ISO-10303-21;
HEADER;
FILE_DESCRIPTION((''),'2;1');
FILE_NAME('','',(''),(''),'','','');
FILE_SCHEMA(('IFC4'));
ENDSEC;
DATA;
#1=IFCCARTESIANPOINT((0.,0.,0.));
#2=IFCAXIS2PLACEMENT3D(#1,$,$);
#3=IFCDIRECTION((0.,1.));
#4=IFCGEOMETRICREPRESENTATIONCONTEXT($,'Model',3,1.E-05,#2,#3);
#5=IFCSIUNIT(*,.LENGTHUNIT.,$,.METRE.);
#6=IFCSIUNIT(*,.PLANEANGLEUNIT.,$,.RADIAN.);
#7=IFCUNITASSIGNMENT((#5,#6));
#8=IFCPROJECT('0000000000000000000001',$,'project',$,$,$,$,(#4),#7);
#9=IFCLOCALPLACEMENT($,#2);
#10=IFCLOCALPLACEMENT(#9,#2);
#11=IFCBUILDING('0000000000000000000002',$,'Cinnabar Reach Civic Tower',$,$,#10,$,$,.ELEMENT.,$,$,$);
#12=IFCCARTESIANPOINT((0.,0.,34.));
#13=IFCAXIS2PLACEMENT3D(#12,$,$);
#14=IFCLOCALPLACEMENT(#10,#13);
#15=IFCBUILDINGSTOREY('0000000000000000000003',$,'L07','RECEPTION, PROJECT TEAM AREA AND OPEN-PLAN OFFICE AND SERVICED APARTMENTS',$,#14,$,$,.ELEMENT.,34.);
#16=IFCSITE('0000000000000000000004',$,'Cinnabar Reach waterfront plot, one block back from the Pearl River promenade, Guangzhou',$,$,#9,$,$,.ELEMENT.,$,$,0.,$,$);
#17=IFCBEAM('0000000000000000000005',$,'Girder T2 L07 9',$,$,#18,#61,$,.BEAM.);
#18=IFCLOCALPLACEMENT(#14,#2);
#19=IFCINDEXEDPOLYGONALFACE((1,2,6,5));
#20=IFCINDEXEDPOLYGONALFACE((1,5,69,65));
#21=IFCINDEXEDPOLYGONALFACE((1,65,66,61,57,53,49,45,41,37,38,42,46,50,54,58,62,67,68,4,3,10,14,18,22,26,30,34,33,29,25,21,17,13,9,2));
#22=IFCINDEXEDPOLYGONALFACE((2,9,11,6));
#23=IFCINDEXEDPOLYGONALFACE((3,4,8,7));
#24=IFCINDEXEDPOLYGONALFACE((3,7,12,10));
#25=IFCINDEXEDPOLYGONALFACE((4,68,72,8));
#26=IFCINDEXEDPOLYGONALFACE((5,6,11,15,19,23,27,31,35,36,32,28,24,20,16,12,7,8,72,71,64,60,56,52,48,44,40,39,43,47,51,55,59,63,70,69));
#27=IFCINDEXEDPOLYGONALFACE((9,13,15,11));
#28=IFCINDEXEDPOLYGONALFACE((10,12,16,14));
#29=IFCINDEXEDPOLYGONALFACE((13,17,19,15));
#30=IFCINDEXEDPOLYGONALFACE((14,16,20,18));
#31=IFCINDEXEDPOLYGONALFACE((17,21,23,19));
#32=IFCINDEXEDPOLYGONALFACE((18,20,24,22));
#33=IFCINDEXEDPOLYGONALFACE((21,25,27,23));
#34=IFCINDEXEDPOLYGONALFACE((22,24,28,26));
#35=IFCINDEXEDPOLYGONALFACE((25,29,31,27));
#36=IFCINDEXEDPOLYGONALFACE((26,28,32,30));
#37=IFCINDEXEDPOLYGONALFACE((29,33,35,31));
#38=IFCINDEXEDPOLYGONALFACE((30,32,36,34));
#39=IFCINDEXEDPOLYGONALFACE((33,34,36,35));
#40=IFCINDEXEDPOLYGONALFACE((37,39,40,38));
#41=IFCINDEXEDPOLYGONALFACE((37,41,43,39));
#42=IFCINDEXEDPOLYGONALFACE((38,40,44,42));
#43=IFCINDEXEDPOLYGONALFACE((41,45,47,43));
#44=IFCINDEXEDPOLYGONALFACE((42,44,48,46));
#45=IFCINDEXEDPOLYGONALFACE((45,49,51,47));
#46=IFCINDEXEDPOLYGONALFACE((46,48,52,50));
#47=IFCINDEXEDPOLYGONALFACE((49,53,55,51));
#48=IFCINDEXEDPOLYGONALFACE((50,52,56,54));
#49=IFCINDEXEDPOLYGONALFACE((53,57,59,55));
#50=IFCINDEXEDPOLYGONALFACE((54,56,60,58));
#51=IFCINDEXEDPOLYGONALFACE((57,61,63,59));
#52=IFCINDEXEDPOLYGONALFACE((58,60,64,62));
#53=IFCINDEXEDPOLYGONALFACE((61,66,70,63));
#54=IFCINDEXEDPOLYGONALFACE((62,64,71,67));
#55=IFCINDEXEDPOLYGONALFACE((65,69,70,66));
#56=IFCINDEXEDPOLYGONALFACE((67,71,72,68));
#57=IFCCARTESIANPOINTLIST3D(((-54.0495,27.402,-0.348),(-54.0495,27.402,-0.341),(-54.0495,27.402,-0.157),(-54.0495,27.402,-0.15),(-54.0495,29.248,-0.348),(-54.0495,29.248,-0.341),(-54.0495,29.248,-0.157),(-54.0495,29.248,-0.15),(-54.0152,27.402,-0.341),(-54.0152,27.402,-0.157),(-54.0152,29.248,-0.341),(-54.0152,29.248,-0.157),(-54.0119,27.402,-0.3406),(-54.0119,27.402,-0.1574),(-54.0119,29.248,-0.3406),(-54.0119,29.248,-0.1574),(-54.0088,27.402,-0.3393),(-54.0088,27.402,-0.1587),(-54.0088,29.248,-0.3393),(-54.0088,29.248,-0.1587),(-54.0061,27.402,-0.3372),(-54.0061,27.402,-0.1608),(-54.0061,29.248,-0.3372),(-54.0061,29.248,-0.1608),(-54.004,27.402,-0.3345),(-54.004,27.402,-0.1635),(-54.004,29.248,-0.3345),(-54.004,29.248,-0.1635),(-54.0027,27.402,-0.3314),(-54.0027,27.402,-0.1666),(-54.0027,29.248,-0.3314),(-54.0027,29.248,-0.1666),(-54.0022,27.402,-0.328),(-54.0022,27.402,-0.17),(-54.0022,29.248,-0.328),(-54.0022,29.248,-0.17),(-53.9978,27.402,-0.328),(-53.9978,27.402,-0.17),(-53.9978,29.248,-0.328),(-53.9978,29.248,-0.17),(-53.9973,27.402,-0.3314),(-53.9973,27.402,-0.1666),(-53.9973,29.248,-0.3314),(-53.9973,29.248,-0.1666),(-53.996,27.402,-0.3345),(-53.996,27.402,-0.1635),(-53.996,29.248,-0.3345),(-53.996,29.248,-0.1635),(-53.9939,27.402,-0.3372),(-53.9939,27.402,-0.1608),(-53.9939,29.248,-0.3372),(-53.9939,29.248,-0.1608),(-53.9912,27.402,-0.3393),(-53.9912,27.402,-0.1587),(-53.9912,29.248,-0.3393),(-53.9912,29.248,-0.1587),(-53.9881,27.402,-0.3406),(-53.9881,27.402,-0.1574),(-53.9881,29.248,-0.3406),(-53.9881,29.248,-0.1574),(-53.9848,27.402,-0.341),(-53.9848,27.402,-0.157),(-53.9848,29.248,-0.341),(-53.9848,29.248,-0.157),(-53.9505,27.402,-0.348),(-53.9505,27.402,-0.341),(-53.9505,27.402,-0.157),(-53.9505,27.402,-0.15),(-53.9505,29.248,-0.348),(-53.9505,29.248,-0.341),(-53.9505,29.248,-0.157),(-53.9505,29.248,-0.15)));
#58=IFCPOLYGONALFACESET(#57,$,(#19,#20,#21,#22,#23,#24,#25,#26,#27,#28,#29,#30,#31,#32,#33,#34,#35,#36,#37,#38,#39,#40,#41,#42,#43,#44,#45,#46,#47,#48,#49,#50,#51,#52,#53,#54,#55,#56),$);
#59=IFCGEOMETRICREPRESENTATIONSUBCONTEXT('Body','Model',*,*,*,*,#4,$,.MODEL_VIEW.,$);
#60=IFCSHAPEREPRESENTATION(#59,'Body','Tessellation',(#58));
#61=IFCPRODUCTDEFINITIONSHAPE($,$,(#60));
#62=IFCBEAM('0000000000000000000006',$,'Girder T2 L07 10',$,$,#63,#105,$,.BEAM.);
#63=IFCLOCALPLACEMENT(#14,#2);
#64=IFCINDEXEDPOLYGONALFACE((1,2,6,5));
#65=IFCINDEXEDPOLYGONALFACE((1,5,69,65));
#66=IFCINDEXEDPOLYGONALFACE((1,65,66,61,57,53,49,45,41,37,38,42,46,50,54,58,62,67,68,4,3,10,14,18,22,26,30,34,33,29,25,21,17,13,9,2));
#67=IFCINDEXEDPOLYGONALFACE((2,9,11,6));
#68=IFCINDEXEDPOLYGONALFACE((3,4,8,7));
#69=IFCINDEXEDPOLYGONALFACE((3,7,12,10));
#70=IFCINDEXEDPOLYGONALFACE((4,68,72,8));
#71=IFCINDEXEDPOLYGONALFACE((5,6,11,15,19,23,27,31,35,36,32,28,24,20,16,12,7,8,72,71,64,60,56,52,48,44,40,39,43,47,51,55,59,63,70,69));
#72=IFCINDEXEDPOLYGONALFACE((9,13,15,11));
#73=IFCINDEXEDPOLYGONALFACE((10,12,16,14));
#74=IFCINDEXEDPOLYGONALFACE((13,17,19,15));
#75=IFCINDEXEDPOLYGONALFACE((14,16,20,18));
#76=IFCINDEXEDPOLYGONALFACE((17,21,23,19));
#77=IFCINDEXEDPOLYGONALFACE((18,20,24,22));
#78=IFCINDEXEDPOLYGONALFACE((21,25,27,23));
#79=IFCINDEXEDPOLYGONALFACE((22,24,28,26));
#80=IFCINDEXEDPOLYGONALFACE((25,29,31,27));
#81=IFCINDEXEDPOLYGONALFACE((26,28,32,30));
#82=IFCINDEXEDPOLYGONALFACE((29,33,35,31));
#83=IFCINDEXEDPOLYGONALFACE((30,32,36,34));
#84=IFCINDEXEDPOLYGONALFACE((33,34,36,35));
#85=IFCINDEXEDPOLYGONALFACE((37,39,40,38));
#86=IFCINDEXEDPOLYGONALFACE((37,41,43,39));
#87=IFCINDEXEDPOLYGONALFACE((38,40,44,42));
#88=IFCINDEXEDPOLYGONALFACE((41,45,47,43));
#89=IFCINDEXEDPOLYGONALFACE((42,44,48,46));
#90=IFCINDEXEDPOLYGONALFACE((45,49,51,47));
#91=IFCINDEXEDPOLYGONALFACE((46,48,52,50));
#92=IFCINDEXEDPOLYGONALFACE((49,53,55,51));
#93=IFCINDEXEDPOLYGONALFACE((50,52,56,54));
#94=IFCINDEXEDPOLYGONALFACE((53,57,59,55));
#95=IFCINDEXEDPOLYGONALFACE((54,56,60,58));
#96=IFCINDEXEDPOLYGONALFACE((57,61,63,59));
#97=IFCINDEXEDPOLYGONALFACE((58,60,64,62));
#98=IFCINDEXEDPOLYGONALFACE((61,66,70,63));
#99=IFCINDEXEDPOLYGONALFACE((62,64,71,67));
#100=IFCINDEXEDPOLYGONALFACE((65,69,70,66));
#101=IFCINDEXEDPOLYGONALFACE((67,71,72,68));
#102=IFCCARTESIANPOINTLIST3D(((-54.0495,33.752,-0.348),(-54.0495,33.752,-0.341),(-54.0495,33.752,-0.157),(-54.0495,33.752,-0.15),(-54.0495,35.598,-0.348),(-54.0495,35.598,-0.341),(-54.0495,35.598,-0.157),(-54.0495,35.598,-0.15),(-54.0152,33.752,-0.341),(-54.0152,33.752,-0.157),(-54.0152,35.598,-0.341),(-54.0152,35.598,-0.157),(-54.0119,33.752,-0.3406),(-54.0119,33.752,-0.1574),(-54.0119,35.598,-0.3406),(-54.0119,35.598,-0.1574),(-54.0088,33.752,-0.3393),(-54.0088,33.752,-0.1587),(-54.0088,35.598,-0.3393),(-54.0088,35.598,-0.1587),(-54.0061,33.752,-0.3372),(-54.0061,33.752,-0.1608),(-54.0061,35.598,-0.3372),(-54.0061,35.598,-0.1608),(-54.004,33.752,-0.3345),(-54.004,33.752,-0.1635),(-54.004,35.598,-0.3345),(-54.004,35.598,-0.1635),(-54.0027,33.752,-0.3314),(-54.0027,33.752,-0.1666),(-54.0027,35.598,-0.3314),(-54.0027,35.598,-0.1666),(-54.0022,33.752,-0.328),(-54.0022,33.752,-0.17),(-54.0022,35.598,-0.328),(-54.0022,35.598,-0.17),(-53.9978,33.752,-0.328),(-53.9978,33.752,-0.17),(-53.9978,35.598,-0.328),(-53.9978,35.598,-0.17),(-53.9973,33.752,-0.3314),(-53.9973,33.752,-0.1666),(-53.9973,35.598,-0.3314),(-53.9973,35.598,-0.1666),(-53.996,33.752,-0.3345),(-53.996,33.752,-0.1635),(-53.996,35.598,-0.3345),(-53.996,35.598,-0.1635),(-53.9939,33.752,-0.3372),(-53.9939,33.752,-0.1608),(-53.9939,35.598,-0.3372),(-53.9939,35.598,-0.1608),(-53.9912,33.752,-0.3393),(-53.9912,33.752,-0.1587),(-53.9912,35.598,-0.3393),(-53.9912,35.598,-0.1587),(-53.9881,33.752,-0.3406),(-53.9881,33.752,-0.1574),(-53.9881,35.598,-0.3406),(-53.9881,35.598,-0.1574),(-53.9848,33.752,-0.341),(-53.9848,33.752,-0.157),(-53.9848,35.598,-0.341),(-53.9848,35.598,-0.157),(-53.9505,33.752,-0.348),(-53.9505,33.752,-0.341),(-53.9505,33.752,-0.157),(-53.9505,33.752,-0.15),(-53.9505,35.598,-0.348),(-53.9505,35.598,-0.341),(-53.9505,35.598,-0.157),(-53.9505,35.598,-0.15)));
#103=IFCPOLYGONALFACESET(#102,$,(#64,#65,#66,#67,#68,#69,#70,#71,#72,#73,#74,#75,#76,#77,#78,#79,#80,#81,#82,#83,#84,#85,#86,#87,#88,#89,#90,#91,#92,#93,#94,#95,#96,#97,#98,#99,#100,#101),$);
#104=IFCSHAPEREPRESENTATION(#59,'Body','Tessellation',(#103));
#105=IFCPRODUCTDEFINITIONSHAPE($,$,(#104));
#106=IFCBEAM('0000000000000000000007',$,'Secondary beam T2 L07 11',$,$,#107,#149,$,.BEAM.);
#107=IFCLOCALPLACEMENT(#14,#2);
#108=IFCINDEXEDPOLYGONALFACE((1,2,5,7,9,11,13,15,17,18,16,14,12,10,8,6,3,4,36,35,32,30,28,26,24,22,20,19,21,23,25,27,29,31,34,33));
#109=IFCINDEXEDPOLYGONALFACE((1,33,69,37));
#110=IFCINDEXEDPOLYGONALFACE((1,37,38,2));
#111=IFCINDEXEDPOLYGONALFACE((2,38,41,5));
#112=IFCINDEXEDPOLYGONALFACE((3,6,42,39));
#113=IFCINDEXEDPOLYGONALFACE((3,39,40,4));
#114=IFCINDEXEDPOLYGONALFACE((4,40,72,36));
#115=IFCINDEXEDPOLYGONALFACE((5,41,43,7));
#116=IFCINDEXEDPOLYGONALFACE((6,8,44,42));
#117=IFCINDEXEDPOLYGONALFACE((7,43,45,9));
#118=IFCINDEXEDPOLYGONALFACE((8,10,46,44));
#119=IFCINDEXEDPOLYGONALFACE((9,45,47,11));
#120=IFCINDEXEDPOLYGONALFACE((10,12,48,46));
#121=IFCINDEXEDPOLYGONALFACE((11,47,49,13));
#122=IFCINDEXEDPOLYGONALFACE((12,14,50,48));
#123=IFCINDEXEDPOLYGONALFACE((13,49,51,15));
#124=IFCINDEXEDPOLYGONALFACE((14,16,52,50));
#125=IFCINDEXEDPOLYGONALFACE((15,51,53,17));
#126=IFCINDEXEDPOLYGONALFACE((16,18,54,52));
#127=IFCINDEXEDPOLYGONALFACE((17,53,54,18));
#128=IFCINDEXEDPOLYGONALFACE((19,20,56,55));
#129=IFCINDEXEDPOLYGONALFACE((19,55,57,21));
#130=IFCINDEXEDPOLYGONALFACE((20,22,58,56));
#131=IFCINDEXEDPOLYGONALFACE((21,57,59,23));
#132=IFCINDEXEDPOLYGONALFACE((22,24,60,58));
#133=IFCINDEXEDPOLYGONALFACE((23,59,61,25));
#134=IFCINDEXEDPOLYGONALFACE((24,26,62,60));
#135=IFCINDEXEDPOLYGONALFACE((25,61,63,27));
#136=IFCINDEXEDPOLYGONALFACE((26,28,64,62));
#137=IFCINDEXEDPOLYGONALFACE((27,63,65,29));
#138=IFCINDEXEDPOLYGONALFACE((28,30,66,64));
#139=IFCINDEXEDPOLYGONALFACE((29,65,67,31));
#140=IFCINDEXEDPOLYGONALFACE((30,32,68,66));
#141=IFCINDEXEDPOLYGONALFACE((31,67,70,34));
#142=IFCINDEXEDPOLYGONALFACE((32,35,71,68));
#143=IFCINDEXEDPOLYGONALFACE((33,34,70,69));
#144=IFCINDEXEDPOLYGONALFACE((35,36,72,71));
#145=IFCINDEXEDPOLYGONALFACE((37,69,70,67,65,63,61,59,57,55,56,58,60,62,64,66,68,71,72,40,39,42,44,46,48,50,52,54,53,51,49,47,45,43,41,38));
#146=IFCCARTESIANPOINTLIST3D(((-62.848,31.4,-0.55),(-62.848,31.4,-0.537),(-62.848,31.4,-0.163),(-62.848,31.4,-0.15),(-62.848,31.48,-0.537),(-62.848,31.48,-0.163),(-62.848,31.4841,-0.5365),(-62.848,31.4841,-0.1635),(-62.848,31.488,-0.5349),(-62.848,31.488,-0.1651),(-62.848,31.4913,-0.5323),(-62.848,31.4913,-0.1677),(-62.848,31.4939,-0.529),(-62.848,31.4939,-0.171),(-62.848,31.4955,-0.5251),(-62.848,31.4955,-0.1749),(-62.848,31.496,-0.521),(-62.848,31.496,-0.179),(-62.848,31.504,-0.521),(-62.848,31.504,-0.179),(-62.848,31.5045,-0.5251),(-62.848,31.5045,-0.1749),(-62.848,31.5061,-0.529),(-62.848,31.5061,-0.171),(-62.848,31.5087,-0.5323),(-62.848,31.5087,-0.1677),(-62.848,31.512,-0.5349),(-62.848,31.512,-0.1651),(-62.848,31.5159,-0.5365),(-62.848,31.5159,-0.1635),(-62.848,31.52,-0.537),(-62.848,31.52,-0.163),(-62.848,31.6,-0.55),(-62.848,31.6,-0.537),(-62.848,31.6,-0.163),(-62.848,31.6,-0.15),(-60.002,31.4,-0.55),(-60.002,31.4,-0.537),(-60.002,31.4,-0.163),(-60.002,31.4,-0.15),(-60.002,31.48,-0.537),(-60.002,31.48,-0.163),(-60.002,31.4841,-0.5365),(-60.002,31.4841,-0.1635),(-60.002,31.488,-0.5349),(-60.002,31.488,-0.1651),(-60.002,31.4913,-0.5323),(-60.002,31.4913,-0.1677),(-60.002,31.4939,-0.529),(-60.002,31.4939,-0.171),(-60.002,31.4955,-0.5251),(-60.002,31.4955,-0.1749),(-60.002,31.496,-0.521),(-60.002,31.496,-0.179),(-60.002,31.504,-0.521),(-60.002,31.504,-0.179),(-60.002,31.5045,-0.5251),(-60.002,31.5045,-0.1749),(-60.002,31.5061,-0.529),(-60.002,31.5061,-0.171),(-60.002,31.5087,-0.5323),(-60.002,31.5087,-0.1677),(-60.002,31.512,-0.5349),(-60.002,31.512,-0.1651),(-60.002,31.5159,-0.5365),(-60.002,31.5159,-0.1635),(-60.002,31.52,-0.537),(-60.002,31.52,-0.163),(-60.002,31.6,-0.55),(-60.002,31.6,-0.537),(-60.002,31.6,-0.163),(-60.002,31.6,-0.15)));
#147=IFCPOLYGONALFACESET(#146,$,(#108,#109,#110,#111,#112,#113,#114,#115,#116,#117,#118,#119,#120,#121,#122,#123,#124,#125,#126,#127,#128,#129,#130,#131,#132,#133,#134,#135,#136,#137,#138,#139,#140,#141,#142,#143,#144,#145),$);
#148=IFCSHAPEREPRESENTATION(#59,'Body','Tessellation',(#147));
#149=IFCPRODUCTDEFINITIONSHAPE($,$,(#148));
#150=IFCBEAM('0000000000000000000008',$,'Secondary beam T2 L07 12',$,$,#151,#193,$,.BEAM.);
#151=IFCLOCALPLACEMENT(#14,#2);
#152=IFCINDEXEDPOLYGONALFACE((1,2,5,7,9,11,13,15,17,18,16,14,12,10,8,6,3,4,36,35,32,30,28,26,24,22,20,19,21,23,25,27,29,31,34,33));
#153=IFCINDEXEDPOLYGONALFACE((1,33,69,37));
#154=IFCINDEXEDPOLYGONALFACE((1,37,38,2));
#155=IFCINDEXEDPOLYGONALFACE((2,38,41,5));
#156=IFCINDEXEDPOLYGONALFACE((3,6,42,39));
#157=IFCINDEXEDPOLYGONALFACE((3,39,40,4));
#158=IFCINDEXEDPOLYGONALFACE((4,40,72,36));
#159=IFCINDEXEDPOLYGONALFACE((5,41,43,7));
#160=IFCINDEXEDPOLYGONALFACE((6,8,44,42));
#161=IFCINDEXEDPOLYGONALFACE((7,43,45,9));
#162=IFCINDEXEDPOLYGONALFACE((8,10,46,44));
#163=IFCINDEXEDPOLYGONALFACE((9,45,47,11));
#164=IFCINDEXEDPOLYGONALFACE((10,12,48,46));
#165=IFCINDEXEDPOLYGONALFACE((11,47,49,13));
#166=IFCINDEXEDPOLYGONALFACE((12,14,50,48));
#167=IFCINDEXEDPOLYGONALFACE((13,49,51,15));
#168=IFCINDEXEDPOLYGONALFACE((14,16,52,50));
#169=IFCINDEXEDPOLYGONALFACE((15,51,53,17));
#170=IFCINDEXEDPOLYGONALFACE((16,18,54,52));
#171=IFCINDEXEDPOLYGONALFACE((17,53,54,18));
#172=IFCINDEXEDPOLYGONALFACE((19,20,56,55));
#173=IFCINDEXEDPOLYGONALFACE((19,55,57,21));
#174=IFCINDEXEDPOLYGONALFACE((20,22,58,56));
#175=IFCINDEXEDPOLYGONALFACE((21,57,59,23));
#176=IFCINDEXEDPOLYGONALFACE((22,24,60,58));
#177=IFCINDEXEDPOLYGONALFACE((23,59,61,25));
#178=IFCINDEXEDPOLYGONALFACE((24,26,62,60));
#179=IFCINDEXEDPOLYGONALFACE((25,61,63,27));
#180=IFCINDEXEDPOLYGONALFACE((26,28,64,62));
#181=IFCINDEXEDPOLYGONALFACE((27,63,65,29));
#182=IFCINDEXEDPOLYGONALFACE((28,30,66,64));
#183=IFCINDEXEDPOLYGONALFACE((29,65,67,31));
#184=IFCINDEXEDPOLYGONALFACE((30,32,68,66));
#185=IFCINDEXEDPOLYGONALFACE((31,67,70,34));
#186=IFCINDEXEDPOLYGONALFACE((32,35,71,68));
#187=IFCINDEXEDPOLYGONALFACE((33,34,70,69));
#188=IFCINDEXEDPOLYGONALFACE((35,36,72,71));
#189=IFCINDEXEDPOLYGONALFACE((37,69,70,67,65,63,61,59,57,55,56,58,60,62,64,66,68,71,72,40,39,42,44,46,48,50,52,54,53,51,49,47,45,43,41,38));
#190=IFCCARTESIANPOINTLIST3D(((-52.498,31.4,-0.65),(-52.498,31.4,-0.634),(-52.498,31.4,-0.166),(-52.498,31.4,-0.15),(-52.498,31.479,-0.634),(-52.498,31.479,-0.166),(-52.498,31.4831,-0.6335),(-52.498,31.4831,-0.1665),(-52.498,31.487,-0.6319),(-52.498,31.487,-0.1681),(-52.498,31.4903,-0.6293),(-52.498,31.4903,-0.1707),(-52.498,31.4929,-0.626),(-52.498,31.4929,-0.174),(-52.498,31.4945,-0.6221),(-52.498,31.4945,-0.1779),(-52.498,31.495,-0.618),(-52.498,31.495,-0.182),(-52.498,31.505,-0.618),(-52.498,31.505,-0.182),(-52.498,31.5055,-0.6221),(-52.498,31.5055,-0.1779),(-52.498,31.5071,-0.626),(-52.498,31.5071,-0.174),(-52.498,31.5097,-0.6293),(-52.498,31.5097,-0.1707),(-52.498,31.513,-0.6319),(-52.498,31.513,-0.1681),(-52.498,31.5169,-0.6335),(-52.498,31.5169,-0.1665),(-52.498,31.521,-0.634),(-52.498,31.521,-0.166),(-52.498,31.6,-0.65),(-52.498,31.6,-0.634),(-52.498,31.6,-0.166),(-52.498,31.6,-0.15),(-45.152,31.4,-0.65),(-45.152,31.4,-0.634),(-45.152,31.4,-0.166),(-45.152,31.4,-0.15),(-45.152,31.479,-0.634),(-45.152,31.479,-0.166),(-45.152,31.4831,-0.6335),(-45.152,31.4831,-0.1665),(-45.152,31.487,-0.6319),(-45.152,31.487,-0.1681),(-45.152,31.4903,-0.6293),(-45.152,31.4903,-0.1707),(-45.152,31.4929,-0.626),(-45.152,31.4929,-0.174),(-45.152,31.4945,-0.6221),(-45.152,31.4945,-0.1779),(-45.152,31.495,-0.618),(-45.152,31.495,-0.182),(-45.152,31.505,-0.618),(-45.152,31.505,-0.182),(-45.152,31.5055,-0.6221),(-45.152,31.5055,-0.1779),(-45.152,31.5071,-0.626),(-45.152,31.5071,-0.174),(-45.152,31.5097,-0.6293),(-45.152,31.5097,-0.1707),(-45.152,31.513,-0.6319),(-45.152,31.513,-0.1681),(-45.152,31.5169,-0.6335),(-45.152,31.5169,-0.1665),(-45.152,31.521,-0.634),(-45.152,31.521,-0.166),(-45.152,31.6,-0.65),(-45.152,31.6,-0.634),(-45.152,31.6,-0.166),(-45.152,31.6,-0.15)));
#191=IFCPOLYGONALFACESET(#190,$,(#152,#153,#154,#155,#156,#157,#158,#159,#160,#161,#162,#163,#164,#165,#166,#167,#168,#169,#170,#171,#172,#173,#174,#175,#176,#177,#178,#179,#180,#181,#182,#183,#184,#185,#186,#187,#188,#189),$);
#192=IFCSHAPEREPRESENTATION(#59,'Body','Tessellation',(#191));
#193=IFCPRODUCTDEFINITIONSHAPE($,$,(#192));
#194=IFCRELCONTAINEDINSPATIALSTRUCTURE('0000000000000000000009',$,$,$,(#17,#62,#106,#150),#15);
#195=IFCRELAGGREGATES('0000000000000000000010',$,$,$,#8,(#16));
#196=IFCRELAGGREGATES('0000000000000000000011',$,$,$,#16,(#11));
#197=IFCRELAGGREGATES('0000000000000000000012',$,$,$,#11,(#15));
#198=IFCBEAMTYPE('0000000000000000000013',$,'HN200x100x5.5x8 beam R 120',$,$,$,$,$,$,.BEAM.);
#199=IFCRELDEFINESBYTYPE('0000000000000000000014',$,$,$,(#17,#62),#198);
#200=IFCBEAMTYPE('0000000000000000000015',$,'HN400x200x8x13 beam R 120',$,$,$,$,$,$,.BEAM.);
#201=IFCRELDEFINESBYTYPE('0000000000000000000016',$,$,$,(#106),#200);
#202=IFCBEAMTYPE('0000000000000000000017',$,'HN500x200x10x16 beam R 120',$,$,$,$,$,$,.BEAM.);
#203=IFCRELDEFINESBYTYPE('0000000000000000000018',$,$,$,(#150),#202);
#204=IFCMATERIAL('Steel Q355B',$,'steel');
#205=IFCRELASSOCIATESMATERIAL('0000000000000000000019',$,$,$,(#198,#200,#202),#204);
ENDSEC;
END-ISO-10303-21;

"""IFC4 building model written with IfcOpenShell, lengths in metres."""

from ifc_helpers import new_model, si_unit, direction, frame, origin, origin_2d, place, context, subcontext, project, spatial, i_section, extrude, material, material_profile, profile_set, type_object, element, save


model = new_model("IFC4")

# Units and contexts
model_context = context("Model", 3, precision=1e-05, world=origin(), true_north=direction((0.0, 1.0)))
body_context = subcontext(model_context, "Body", "Model", "MODEL_VIEW")
ifc_project = project(units=[si_unit("LENGTHUNIT", "METRE"), si_unit("PLANEANGLEUNIT", "RADIAN")], contexts=[model_context])

# Site, building, storey
site_placement = place(None, origin())
site = spatial("IfcSite", under=ifc_project, at=site_placement, Name="Cinnabar Reach waterfront plot, one block back from the Pearl River promenade, Guangzhou", CompositionType="ELEMENT", RefElevation=0.0)
building_placement = place(site_placement, origin())
building = spatial("IfcBuilding", under=site, at=building_placement, Name="Cinnabar Reach Civic Tower", CompositionType="ELEMENT")
storey_placement = place(building_placement, frame((0.0, 0.0, 34.0)))
storey = spatial("IfcBuildingStorey", under=building, at=storey_placement, Name="L07", Description="RECEPTION, PROJECT TEAM AREA AND OPEN-PLAN OFFICE AND SERVICED APARTMENTS", CompositionType="ELEMENT", Elevation=34.0)

# Beams
ifc_material_1 = material(Name="Steel Q355B", Category="steel")
ifc_material_profile_1 = material_profile(ifc_material_1, i_section(OverallWidth=0.099, OverallDepth=0.198, WebThickness=0.0045, FlangeThickness=0.007, FilletRadius=0.013, at=origin_2d()), Name="HN200x100x5.5x8")
ifc_profile_set_1 = profile_set([ifc_material_profile_1], Name="Steel Q355B")
beam_type_1 = type_object("IfcBeamType", Name="HN200x100x5.5x8 beam R 120", PredefinedType="BEAM", material=ifc_profile_set_1)
for number, where, z_axis, x_axis, name in (
    (1, (-54.0, 27.402, -0.249), (0.0, 1.0, 0.0), (-1.0, 0.0, 0.0), "Girder T2 L07 9"),
    (2, (-54.0, 33.752, -0.249), (0.0, 1.0, 0.0), (-1.0, 0.0, 0.0), "Girder T2 L07 10"),
):
    element("IfcBeam", number, at=place(storey_placement, frame(where, z_axis=z_axis, x_axis=x_axis)), inside=storey, type_object=beam_type_1, Name=name, PredefinedType="BEAM", context=body_context, shape_type="SweptSolid", body=[
        extrude(i_section(OverallWidth=0.099, OverallDepth=0.198, WebThickness=0.0045, FlangeThickness=0.007, FilletRadius=0.013, at=origin_2d()), origin(), (0.0, 0.0, 1.0), 1.846),
    ])
ifc_material_profile_2 = material_profile(ifc_material_1, i_section(OverallWidth=0.2, OverallDepth=0.4, WebThickness=0.008, FlangeThickness=0.013, FilletRadius=0.016, at=origin_2d()), Name="HN400x200x8x13")
ifc_profile_set_2 = profile_set([ifc_material_profile_2], Name="Steel Q355B")
beam_type_2 = type_object("IfcBeamType", Name="HN400x200x8x13 beam R 120", PredefinedType="BEAM", material=ifc_profile_set_2)
beam_1_placement = place(storey_placement, frame((-62.848, 31.5, -0.35), z_axis=(1.0, 0.0, 0.0), x_axis=(0.0, 1.0, 0.0)))
element("IfcBeam", 3, at=beam_1_placement, inside=storey, type_object=beam_type_2, Name="Secondary beam T2 L07 11", PredefinedType="BEAM", context=body_context, shape_type="SweptSolid", body=[
    extrude(i_section(OverallWidth=0.2, OverallDepth=0.4, WebThickness=0.008, FlangeThickness=0.013, FilletRadius=0.016, at=origin_2d()), origin(), (0.0, 0.0, 1.0), 2.846),
])
ifc_material_profile_3 = material_profile(ifc_material_1, i_section(OverallWidth=0.2, OverallDepth=0.5, WebThickness=0.01, FlangeThickness=0.016, FilletRadius=0.016, at=origin_2d()), Name="HN500x200x10x16")
ifc_profile_set_3 = profile_set([ifc_material_profile_3], Name="Steel Q355B")
beam_type_3 = type_object("IfcBeamType", Name="HN500x200x10x16 beam R 120", PredefinedType="BEAM", material=ifc_profile_set_3)
beam_2_placement = place(storey_placement, frame((-52.498, 31.5, -0.4), z_axis=(1.0, 0.0, 0.0), x_axis=(0.0, 1.0, 0.0)))
element("IfcBeam", 4, at=beam_2_placement, inside=storey, type_object=beam_type_3, Name="Secondary beam T2 L07 12", PredefinedType="BEAM", context=body_context, shape_type="SweptSolid", body=[
    extrude(i_section(OverallWidth=0.2, OverallDepth=0.5, WebThickness=0.01, FlangeThickness=0.016, FilletRadius=0.016, at=origin_2d()), origin(), (0.0, 0.0, 1.0), 7.346),
])

save(model, "model.ifc")
